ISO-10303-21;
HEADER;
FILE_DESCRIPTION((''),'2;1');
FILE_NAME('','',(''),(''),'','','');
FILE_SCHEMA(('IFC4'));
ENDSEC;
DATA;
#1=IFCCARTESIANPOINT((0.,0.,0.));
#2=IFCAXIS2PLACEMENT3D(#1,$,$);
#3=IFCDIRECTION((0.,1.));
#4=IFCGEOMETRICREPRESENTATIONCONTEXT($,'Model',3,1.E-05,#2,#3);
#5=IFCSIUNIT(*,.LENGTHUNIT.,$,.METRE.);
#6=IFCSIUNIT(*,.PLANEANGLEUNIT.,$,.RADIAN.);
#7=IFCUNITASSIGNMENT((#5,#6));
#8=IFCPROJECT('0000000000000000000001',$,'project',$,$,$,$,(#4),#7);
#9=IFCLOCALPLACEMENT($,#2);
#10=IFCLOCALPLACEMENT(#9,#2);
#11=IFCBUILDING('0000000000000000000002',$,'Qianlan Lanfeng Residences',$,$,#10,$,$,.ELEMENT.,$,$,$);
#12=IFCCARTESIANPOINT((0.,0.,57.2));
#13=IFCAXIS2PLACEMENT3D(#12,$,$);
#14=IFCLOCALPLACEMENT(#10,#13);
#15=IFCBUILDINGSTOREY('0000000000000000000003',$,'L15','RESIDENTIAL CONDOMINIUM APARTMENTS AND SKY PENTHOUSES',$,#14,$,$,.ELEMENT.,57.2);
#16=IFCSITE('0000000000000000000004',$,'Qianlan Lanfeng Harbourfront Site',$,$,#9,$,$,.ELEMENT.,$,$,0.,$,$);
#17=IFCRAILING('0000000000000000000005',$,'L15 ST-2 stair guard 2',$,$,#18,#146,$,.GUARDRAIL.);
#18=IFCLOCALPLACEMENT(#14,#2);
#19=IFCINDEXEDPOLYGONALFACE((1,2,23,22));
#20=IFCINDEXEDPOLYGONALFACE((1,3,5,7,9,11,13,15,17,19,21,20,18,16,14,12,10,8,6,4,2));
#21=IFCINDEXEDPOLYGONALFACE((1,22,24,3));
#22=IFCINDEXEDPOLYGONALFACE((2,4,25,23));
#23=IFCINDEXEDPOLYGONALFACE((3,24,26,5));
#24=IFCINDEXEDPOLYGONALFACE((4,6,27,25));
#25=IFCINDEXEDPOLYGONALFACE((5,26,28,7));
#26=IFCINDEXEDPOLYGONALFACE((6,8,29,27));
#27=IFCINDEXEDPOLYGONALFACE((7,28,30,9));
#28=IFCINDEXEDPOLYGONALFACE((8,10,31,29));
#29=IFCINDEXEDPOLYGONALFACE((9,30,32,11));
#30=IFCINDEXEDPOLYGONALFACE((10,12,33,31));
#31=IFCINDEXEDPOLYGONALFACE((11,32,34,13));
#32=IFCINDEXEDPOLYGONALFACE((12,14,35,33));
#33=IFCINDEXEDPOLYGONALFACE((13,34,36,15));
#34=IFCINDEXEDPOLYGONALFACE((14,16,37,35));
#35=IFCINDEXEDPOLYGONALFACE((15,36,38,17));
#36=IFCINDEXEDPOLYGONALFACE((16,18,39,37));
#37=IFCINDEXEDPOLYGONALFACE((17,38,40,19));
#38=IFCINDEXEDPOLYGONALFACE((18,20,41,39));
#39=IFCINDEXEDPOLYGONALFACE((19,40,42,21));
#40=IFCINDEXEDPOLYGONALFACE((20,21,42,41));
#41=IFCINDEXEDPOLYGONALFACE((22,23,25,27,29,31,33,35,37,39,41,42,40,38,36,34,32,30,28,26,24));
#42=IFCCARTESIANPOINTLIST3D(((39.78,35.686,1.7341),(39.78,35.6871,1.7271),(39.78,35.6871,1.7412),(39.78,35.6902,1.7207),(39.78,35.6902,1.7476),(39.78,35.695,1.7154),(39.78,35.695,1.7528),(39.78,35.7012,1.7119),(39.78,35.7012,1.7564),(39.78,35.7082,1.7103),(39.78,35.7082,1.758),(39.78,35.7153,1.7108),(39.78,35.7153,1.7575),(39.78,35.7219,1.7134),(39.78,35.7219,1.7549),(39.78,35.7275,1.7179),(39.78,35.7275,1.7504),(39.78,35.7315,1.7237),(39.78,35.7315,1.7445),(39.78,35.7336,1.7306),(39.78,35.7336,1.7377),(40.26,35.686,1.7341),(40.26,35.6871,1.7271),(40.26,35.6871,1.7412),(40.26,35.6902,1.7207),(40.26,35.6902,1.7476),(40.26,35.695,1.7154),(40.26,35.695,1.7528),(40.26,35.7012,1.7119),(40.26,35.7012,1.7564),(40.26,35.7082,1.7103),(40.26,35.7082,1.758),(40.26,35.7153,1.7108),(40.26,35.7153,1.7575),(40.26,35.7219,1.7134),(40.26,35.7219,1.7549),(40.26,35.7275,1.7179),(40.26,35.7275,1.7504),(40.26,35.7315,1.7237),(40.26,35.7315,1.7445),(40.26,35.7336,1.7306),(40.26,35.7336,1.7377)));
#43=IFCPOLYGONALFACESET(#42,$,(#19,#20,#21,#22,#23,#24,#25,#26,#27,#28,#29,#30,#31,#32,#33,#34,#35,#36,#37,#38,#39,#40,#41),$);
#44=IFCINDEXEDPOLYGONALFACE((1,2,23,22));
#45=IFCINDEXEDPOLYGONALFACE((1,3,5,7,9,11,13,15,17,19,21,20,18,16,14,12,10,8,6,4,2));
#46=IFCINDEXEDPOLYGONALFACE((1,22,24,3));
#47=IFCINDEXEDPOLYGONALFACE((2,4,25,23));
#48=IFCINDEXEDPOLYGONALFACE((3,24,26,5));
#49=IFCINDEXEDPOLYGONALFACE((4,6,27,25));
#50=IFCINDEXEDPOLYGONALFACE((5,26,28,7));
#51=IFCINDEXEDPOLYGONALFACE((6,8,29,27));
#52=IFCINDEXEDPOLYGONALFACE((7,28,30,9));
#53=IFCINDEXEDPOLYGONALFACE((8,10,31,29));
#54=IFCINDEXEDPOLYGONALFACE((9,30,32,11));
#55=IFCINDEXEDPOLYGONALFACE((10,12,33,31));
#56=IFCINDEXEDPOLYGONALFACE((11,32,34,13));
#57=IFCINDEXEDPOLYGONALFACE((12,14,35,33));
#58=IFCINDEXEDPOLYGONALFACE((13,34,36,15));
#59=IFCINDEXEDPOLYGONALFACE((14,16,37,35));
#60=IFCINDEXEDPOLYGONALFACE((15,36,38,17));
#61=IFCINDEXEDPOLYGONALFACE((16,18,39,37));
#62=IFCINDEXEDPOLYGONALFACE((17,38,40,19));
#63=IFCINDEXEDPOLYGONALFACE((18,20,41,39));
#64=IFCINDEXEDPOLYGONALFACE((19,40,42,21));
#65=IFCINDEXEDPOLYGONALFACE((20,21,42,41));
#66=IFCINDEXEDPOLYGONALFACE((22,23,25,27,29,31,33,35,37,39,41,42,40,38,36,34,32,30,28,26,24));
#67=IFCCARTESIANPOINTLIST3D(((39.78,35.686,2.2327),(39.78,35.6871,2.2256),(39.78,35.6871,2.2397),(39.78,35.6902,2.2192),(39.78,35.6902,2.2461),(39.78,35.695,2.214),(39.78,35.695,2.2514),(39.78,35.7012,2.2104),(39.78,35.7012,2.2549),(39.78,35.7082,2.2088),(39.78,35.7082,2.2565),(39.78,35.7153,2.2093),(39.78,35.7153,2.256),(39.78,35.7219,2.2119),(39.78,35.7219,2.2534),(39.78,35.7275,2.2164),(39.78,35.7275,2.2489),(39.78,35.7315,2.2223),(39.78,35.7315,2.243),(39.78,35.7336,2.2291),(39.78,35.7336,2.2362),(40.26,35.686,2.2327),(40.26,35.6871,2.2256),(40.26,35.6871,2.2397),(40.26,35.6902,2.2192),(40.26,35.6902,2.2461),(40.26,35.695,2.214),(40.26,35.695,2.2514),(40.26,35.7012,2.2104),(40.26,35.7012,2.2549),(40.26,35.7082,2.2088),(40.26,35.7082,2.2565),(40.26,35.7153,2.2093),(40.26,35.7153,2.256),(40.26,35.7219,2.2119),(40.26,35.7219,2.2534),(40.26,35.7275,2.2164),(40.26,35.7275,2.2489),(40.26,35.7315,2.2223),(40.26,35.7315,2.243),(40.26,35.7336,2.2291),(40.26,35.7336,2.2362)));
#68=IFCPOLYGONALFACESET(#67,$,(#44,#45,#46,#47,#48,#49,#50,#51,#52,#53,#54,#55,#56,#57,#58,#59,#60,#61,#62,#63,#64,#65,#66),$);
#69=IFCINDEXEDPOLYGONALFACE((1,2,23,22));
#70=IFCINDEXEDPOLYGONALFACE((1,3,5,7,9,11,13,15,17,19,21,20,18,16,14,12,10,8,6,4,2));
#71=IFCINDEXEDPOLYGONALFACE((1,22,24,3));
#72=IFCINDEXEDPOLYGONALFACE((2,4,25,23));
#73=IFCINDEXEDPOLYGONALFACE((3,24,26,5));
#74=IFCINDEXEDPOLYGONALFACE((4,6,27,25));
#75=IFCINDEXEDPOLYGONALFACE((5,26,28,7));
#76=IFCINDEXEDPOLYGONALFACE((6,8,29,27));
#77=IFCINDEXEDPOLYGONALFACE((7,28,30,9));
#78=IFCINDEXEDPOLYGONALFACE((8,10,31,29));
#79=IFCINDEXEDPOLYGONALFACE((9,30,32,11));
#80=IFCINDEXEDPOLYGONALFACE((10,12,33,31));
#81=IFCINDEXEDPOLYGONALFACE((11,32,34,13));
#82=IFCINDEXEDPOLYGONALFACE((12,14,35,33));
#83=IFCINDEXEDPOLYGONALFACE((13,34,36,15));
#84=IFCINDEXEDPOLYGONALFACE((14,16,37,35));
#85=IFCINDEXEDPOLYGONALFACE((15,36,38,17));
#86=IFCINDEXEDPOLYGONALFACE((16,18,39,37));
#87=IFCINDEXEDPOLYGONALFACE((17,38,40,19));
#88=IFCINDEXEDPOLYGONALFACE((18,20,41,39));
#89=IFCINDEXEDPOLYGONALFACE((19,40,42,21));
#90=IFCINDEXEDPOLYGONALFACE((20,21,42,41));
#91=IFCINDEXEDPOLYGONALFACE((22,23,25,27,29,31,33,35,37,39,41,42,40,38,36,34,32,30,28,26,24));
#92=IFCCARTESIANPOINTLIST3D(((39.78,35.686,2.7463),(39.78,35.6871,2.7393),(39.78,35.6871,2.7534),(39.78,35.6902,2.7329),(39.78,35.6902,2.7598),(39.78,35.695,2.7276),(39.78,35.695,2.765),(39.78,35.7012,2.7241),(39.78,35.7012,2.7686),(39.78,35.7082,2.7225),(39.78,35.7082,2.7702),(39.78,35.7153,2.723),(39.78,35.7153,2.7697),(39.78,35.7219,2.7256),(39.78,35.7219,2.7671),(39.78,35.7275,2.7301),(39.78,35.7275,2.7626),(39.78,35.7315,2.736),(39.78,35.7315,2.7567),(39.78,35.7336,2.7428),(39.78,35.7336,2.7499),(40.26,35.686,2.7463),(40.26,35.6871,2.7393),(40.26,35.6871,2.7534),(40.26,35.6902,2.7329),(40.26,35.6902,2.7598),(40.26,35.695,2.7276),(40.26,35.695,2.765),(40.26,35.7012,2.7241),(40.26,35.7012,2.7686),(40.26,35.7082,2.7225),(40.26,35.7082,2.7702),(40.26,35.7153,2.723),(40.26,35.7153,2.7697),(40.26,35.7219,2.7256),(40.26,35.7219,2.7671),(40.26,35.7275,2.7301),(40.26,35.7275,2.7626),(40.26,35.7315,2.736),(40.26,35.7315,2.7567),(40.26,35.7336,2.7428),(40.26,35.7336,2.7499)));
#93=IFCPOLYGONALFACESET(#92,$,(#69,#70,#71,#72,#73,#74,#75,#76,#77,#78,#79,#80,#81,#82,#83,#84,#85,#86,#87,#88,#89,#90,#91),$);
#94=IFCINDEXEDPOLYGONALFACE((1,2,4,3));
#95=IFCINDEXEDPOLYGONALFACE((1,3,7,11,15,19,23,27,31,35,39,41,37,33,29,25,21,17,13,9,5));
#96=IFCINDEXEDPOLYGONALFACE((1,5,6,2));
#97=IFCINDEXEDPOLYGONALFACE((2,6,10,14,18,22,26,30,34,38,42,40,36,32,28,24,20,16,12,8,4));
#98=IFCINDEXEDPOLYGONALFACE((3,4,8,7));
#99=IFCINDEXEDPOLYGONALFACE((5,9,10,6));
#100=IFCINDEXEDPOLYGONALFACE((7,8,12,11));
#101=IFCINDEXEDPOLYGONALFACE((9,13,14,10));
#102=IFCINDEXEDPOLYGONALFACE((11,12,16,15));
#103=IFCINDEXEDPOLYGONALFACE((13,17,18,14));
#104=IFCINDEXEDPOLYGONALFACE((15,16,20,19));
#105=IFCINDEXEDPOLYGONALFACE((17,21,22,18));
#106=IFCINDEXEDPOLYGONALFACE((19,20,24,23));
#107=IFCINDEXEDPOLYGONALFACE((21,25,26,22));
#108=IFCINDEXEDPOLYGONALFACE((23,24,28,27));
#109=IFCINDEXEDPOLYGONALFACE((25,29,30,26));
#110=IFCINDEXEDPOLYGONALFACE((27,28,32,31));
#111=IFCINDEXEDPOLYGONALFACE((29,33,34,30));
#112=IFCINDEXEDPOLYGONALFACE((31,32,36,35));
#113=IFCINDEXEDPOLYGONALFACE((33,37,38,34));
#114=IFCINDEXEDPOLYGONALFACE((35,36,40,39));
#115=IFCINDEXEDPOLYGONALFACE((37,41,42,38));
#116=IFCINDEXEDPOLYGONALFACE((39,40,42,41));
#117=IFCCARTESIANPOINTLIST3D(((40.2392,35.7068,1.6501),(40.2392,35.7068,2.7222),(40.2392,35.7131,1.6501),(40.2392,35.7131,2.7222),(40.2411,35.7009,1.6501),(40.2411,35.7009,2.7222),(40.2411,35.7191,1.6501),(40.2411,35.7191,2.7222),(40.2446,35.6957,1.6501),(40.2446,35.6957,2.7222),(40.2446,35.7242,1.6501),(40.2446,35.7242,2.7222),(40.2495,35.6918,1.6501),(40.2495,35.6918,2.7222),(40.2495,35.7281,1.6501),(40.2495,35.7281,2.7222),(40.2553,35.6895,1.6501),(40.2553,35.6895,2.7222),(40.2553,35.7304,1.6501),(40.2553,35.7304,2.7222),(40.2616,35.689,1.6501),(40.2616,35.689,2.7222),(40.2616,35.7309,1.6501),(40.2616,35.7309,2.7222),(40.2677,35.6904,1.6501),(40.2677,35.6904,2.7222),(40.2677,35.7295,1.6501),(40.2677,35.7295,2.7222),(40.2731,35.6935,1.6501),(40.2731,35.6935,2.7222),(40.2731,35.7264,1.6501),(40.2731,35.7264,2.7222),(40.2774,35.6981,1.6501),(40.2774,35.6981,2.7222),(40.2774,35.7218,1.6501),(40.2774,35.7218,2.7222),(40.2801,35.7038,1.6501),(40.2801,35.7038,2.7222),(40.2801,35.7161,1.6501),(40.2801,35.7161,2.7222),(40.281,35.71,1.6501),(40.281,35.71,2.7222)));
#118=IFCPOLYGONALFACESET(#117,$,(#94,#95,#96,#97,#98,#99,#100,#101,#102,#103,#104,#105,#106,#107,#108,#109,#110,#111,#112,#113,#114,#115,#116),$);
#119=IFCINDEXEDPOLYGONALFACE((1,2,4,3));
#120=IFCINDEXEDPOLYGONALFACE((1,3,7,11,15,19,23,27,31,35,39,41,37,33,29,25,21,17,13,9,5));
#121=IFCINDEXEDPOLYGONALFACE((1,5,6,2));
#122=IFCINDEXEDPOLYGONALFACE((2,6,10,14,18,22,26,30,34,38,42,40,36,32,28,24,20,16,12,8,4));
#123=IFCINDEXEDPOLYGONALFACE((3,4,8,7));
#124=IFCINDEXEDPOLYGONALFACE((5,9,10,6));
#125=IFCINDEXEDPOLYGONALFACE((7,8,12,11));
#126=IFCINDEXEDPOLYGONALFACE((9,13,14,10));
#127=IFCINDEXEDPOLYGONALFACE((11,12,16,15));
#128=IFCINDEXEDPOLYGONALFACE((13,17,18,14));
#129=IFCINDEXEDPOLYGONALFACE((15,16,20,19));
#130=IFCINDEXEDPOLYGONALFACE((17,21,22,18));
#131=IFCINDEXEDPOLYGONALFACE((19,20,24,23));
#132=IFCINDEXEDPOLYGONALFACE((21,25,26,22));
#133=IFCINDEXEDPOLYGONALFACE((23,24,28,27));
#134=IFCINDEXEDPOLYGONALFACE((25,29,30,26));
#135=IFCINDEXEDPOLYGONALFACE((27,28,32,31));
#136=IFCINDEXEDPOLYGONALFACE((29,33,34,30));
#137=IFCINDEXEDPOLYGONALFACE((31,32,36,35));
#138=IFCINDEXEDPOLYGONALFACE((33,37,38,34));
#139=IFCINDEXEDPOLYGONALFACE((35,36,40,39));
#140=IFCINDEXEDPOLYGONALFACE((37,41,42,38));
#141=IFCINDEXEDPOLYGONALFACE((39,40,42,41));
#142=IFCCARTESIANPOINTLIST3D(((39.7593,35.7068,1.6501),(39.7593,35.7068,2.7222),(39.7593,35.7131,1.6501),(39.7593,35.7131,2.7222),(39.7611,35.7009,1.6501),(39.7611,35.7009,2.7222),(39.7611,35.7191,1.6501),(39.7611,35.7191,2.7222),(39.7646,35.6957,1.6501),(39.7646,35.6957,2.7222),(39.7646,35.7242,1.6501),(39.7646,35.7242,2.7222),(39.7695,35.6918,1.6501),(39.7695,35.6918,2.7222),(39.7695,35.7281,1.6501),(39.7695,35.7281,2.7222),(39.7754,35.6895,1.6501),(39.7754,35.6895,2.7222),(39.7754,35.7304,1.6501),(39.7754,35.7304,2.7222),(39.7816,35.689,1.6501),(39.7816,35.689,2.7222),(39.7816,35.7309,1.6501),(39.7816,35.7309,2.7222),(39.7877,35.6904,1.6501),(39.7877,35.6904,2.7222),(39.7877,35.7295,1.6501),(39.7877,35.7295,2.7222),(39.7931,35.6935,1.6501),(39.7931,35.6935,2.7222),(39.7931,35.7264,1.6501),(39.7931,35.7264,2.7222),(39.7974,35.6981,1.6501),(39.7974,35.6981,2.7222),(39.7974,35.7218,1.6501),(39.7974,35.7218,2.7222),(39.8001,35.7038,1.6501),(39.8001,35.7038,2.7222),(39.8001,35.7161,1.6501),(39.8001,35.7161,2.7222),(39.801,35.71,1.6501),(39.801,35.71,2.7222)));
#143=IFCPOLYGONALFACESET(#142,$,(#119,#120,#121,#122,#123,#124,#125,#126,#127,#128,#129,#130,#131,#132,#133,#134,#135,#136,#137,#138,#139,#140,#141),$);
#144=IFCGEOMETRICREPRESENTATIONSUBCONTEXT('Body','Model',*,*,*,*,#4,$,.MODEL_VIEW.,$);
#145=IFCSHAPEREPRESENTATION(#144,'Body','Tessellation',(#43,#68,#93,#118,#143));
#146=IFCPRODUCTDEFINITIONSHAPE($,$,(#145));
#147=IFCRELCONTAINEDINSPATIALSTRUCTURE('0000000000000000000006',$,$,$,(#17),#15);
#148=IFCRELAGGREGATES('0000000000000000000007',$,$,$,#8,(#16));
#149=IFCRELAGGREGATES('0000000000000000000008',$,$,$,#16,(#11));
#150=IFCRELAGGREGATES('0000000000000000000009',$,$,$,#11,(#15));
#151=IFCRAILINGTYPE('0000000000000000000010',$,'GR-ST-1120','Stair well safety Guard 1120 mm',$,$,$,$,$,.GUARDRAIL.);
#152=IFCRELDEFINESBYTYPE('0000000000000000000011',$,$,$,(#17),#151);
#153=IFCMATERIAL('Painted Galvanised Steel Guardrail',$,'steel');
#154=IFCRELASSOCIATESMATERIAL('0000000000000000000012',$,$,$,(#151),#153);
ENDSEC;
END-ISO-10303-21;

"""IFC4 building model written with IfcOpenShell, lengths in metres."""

from ifc_helpers import new_model, si_unit, direction, frame, origin, origin_2d, place, context, subcontext, project, spatial, circle, extrude, material, type_object, element, save


model = new_model("IFC4")

# Units and contexts
model_context = context("Model", 3, precision=1e-05, world=origin(), true_north=direction((0.0, 1.0)))
body_context = subcontext(model_context, "Body", "Model", "MODEL_VIEW")
ifc_project = project(units=[si_unit("LENGTHUNIT", "METRE"), si_unit("PLANEANGLEUNIT", "RADIAN")], contexts=[model_context])

# Site, building, storey
site_placement = place(None, origin())
site = spatial("IfcSite", under=ifc_project, at=site_placement, Name="Qianlan Lanfeng Harbourfront Site", CompositionType="ELEMENT", RefElevation=0.0)
building_placement = place(site_placement, origin())
building = spatial("IfcBuilding", under=site, at=building_placement, Name="Qianlan Lanfeng Residences", CompositionType="ELEMENT")
storey_placement = place(building_placement, frame((0.0, 0.0, 57.2)))
storey = spatial("IfcBuildingStorey", under=building, at=storey_placement, Name="L15", Description="RESIDENTIAL CONDOMINIUM APARTMENTS AND SKY PENTHOUSES", CompositionType="ELEMENT", Elevation=57.2)

# Railing
ifc_material_1 = material(Name="Painted Galvanised Steel Guardrail", Category="steel")
railing_type_1 = type_object("IfcRailingType", Name="GR-ST-1120", Description="Stair well safety Guard 1120 mm", PredefinedType="GUARDRAIL", material=ifc_material_1)
railing_1_placement = place(storey_placement, frame((40.26, 35.71, 1.6501)))
element("IfcRailing", 1, at=railing_1_placement, inside=storey, type_object=railing_type_1, Name="L15 ST-2 stair guard 2", PredefinedType="GUARDRAIL", context=body_context, shape_type="SweptSolid", body=[
    extrude(circle(Radius=0.0239, at=origin_2d()), frame((0.0, 0.0, 0.084), z_axis=(-1.0, 0.0, 0.0), x_axis=(0.0, -1.0, 0.0)), (0.0, 0.0, 1.0), 0.48),
    extrude(circle(Radius=0.0239, at=origin_2d()), frame((0.0, 0.0, 0.5825), z_axis=(-1.0, 0.0, 0.0), x_axis=(0.0, -1.0, 0.0)), (0.0, 0.0, 1.0), 0.48),
    extrude(circle(Radius=0.0239, at=origin_2d()), frame((0.0, 0.0, 1.0962), z_axis=(-1.0, 0.0, 0.0), x_axis=(0.0, -1.0, 0.0)), (0.0, 0.0, 1.0), 0.48),
    extrude(circle(Radius=0.021, at=origin_2d()), origin(), (0.0, 0.0, 1.0), 1.072),
    extrude(circle(Radius=0.021, at=origin_2d()), frame((-0.48, 0.0, 0.0)), (0.0, 0.0, 1.0), 1.072),
])

save(model, "model.ifc")
